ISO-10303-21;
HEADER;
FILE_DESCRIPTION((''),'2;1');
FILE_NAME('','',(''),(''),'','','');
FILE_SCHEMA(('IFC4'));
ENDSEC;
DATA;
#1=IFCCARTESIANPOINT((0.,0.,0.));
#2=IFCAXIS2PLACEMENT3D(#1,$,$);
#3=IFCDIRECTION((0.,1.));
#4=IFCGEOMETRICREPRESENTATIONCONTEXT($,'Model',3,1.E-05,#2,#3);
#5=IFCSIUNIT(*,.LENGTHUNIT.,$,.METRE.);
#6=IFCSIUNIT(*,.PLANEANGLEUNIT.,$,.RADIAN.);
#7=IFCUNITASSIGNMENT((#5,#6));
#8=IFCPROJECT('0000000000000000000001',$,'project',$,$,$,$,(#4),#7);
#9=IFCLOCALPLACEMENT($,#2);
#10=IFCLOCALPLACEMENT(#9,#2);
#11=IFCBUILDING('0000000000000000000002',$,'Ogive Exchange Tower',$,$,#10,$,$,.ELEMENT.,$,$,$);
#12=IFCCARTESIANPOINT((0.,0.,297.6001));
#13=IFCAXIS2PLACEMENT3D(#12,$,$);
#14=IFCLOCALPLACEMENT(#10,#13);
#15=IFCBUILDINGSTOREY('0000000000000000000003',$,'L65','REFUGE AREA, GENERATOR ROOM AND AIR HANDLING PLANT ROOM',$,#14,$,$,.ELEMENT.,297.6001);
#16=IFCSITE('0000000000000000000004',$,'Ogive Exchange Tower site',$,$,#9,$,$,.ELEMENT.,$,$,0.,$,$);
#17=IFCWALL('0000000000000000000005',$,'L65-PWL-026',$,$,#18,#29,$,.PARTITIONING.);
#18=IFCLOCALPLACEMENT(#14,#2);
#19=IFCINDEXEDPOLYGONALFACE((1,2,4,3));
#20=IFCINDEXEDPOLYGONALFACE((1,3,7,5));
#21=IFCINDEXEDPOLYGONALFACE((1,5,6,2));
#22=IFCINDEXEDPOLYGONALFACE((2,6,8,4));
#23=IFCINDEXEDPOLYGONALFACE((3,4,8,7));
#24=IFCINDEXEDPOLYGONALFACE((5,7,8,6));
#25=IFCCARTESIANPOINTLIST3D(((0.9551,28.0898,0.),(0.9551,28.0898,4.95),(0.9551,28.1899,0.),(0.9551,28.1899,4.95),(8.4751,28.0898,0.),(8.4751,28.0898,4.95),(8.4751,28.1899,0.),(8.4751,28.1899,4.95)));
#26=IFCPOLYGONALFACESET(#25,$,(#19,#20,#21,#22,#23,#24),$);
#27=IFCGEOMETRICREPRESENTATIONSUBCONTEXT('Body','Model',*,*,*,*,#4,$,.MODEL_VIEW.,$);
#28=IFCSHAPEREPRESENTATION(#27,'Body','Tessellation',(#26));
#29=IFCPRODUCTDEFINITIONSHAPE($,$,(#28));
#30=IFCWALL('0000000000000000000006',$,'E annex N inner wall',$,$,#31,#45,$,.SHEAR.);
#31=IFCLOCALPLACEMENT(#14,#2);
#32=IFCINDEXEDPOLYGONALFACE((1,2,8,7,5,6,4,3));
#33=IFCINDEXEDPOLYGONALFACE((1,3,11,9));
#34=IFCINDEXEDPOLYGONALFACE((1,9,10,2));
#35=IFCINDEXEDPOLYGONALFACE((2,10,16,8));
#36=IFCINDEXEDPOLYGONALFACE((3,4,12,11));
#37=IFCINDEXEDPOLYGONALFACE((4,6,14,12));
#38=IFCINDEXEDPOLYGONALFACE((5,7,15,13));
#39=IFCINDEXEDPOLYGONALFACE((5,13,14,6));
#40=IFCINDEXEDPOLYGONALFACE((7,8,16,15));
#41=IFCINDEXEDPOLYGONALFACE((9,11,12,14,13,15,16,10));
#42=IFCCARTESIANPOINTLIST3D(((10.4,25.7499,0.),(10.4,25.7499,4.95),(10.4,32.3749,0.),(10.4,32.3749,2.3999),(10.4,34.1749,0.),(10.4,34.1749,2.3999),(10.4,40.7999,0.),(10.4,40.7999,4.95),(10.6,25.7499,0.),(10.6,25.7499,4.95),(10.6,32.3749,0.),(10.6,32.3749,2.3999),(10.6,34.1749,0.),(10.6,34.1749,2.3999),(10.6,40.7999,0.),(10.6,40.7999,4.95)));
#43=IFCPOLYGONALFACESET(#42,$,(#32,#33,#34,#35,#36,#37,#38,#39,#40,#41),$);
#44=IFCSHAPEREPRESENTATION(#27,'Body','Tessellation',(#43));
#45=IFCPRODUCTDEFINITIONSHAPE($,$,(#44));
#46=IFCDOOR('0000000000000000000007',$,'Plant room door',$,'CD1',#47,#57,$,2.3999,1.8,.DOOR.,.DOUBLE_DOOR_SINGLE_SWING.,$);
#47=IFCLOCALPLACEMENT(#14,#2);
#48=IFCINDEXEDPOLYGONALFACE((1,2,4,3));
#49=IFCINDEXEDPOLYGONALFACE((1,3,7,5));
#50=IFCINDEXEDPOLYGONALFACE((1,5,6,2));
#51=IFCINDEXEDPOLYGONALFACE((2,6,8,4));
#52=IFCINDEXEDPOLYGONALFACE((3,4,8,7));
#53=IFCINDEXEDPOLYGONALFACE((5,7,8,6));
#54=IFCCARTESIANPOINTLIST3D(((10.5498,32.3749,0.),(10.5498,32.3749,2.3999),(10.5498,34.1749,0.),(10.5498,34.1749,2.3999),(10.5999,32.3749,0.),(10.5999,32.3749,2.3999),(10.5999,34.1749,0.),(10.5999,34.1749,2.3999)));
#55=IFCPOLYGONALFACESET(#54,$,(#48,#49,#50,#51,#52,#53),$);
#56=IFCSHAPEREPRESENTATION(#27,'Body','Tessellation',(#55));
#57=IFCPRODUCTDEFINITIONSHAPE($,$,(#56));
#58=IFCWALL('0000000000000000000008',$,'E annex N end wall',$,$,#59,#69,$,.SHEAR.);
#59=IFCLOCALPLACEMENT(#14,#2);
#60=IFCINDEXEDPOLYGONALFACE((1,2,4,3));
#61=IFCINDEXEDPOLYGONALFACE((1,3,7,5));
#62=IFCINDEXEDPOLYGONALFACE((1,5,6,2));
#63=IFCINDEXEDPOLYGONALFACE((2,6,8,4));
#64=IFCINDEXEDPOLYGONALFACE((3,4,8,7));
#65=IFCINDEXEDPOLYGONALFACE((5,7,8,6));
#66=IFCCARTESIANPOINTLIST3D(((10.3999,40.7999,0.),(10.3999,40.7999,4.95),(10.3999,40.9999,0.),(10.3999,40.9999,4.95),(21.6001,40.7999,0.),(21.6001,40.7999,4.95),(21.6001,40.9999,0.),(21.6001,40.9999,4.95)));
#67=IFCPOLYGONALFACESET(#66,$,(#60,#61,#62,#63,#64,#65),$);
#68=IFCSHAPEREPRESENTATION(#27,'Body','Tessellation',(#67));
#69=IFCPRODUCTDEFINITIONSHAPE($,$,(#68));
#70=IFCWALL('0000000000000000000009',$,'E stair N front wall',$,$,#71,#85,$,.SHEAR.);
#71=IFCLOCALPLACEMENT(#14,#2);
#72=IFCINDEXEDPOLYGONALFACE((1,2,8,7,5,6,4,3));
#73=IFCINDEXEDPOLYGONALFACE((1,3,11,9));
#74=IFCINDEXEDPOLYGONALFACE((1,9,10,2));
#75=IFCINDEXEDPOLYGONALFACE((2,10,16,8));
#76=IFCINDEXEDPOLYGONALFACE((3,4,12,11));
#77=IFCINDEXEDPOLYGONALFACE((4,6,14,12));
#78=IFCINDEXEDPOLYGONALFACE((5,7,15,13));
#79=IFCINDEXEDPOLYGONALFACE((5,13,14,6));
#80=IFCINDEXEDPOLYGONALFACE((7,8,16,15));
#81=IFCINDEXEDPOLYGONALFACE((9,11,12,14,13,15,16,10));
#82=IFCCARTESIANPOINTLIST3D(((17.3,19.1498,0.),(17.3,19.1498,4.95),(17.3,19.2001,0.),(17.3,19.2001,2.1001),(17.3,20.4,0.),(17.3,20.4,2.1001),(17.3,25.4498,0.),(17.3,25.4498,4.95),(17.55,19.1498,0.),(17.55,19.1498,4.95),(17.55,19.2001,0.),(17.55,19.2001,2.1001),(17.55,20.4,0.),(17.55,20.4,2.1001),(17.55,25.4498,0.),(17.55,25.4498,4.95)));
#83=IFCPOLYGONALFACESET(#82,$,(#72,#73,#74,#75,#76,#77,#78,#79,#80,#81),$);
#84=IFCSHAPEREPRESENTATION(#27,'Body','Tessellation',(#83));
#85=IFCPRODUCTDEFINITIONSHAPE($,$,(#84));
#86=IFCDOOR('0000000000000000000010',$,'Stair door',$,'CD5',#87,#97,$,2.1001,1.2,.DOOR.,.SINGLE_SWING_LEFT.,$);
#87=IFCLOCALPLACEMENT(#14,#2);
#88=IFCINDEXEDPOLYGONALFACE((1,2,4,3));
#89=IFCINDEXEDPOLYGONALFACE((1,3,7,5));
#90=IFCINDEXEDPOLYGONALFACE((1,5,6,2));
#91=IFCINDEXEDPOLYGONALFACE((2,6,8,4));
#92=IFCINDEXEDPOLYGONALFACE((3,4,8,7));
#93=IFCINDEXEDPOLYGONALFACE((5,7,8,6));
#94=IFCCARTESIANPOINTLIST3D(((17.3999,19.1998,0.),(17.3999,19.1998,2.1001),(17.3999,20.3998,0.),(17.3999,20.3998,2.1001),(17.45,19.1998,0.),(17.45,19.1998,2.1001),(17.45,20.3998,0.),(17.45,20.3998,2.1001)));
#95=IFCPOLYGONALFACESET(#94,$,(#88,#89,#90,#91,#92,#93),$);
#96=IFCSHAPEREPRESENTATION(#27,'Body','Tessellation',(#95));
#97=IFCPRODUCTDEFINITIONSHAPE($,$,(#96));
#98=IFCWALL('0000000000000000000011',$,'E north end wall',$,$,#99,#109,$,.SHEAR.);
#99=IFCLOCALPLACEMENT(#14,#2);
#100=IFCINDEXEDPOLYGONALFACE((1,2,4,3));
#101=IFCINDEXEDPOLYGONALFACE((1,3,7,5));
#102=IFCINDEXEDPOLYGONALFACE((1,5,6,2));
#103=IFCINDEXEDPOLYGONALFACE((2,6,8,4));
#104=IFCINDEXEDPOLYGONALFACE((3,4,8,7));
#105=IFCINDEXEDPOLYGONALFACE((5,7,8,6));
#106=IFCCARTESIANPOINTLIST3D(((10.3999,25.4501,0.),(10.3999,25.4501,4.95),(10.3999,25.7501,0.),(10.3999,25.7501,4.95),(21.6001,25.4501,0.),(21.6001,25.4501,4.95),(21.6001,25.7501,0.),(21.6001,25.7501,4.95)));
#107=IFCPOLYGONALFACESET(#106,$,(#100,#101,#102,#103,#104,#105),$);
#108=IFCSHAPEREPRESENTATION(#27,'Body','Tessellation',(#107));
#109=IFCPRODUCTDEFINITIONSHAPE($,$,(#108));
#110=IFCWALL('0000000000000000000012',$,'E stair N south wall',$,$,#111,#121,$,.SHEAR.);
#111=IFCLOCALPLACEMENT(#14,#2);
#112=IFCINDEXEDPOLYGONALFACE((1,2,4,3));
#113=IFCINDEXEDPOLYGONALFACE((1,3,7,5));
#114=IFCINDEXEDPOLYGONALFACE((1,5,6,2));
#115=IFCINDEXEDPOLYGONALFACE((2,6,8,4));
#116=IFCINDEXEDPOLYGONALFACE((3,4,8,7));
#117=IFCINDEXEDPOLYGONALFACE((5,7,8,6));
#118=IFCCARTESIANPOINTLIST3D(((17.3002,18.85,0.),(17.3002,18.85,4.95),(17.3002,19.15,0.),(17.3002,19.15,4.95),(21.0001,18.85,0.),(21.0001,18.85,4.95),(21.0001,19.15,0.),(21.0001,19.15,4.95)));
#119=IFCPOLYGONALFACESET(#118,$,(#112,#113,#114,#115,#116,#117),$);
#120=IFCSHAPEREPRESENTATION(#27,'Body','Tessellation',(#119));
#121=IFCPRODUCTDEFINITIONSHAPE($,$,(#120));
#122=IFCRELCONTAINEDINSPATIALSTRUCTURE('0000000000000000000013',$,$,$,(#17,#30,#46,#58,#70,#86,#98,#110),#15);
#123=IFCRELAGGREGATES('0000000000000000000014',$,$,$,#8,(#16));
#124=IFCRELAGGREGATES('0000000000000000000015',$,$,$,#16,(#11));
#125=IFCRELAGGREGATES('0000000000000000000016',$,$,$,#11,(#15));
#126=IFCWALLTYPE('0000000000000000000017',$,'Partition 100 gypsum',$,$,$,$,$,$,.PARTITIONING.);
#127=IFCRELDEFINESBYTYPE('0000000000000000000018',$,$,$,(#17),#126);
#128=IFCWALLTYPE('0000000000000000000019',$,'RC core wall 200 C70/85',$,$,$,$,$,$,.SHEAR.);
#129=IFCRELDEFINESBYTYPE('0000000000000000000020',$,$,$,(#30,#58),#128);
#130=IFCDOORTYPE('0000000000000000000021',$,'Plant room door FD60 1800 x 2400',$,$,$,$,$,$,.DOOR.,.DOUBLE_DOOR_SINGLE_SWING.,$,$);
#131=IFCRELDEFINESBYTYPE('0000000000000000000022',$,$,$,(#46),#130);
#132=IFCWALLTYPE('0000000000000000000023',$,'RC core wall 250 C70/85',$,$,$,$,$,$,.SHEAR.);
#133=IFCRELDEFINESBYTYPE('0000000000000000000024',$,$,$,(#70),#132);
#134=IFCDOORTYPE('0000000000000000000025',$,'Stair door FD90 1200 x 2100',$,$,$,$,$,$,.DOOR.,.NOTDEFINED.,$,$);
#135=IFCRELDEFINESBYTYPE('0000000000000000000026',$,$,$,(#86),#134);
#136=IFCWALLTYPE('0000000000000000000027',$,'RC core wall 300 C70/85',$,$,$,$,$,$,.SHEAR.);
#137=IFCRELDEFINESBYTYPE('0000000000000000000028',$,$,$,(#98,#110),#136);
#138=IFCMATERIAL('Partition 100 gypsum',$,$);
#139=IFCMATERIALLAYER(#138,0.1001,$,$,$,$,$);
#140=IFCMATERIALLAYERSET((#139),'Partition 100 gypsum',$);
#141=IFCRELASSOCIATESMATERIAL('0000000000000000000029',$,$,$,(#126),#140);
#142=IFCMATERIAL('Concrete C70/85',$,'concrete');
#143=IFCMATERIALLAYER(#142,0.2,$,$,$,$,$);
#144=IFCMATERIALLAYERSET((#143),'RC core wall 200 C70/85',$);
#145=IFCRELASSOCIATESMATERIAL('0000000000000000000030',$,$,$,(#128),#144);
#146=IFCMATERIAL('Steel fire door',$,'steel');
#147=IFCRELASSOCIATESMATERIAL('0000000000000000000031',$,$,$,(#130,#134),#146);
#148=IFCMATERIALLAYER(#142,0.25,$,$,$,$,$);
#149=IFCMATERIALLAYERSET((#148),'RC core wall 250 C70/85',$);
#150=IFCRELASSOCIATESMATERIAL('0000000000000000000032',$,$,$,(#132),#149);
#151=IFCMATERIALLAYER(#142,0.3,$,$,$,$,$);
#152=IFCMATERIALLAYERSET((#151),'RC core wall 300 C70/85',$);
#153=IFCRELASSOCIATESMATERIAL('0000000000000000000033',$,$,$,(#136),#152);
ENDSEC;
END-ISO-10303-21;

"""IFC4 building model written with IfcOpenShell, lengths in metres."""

from ifc_helpers import new_model, si_unit, direction, frame, frame_2d, origin, place, context, subcontext, project, spatial, rectangle, extrude, material, layer, layer_set, type_object, element, fill, save


model = new_model("IFC4")

# Units and contexts
model_context = context("Model", 3, precision=1e-05, world=origin(), true_north=direction((0.0, 1.0)))
body_context = subcontext(model_context, "Body", "Model", "MODEL_VIEW")
ifc_project = project(units=[si_unit("LENGTHUNIT", "METRE"), si_unit("PLANEANGLEUNIT", "RADIAN")], contexts=[model_context])

# Site, building, storey
site_placement = place(None, origin())
site = spatial("IfcSite", under=ifc_project, at=site_placement, Name="Ogive Exchange Tower site", CompositionType="ELEMENT", RefElevation=0.0)
building_placement = place(site_placement, origin())
building = spatial("IfcBuilding", under=site, at=building_placement, Name="Ogive Exchange Tower", CompositionType="ELEMENT")
storey_placement = place(building_placement, frame((0.0, 0.0, 297.6001)))
storey = spatial("IfcBuildingStorey", under=building, at=storey_placement, Name="L65", Description="REFUGE AREA, GENERATOR ROOM AND AIR HANDLING PLANT ROOM", CompositionType="ELEMENT", Elevation=297.6001)

# Wall
ifc_material_1 = material(Name="Partition 100 gypsum")
ifc_layer_1 = layer(ifc_material_1, 0.1001)
ifc_layer_set_1 = layer_set([ifc_layer_1], Name="Partition 100 gypsum")
wall_type_1 = type_object("IfcWallType", Name="Partition 100 gypsum", PredefinedType="PARTITIONING", material=ifc_layer_set_1)
wall_1_placement = place(storey_placement, frame((0.9551, 28.1399, 0.0), z_axis=(0.0, 0.0, 1.0), x_axis=(1.0, 0.0, 0.0)))
element("IfcWall", 1, at=wall_1_placement, inside=storey, type_object=wall_type_1, Name="L65-PWL-026", PredefinedType="PARTITIONING", context=body_context, shape_type="SweptSolid", body=[
    extrude(rectangle(XDim=7.52, YDim=0.1001, at=frame_2d((3.76, 0.0))), origin(), (0.0, 0.0, 1.0), 4.95),
])

# Wall, opening, door
ifc_material_2 = material(Name="Concrete C70/85", Category="concrete")
ifc_layer_2 = layer(ifc_material_2, 0.2)
ifc_layer_set_2 = layer_set([ifc_layer_2], Name="RC core wall 200 C70/85")
wall_type_2 = type_object("IfcWallType", Name="RC core wall 200 C70/85", PredefinedType="SHEAR", material=ifc_layer_set_2)
wall_2_placement = place(storey_placement, frame((10.5, 25.75, 0.0), z_axis=(0.0, 0.0, 1.0), x_axis=(0.0, 1.0, 0.0)))
wall_2 = element("IfcWall", 2, at=wall_2_placement, inside=storey, type_object=wall_type_2, Name="E annex N inner wall", PredefinedType="SHEAR", context=body_context, shape_type="SweptSolid", body=[
    extrude(rectangle(XDim=15.05, YDim=0.2, at=frame_2d((7.5249, 0.0))), origin(), (0.0, 0.0, 1.0), 4.95),
])
opening_1_placement = place(wall_2_placement, frame((6.625, 0.0, 0.0)))
opening_1 = element("IfcOpeningElement", 3, at=opening_1_placement, cuts=wall_2, PredefinedType="OPENING", context=body_context, shape_type="SweptSolid", body=[
    extrude(rectangle(XDim=1.8, YDim=2.3999, at=frame_2d((0.8999, 1.2))), frame((0.0, 0.1099, 0.0), z_axis=(0.0, -1.0, 0.0), x_axis=(1.0, 0.0, 0.0)), (0.0, 0.0, 1.0), 0.22),
])
ifc_material_3 = material(Name="Steel fire door", Category="steel")
door_type_1 = type_object("IfcDoorType", Name="Plant room door FD60 1800 x 2400", OperationType="DOUBLE_DOOR_SINGLE_SWING", PredefinedType="DOOR", material=ifc_material_3)
door_1_placement = place(opening_1_placement, origin())
door_1 = element("IfcDoor", 4, at=door_1_placement, inside=storey, type_object=door_type_1, Name="Plant room door", ObjectType="CD1", OperationType="DOUBLE_DOOR_SINGLE_SWING", OverallHeight=2.3999, OverallWidth=1.8, PredefinedType="DOOR", context=body_context, shape_type="SweptSolid", body=[
    extrude(rectangle(XDim=1.8, YDim=2.3999, at=frame_2d((0.8999, 1.2))), frame((0.0, -0.0498, 0.0), z_axis=(0.0, -1.0, 0.0), x_axis=(1.0, 0.0, 0.0)), (0.0, 0.0, 1.0), 0.05),
])
fill(opening_1, door_1)

# Wall
wall_3_placement = place(storey_placement, frame((10.3999, 40.8999, 0.0), z_axis=(0.0, 0.0, 1.0), x_axis=(1.0, 0.0, 0.0)))
element("IfcWall", 5, at=wall_3_placement, inside=storey, type_object=wall_type_2, Name="E annex N end wall", PredefinedType="SHEAR", context=body_context, shape_type="SweptSolid", body=[
    extrude(rectangle(XDim=11.2002, YDim=0.2, at=frame_2d((5.6001, 0.0))), origin(), (0.0, 0.0, 1.0), 4.95),
])

# Wall, opening, door
ifc_layer_3 = layer(ifc_material_2, 0.25)
ifc_layer_set_3 = layer_set([ifc_layer_3], Name="RC core wall 250 C70/85")
wall_type_3 = type_object("IfcWallType", Name="RC core wall 250 C70/85", PredefinedType="SHEAR", material=ifc_layer_set_3)
wall_4_placement = place(storey_placement, frame((17.425, 19.1499, 0.0), z_axis=(0.0, 0.0, 1.0), x_axis=(0.0, 1.0, 0.0)))
wall_4 = element("IfcWall", 6, at=wall_4_placement, inside=storey, type_object=wall_type_3, Name="E stair N front wall", PredefinedType="SHEAR", context=body_context, shape_type="SweptSolid", body=[
    extrude(rectangle(XDim=6.3, YDim=0.25, at=frame_2d((3.1499, 0.0))), origin(), (0.0, 0.0, 1.0), 4.95),
])
opening_2_placement = place(wall_4_placement, frame((0.05, 0.0, 0.0)))
opening_2 = element("IfcOpeningElement", 7, at=opening_2_placement, cuts=wall_4, PredefinedType="OPENING", context=body_context, shape_type="SweptSolid", body=[
    extrude(rectangle(XDim=1.2, YDim=2.1001, at=frame_2d((0.6001, 1.05))), frame((0.0, 0.135, 0.0), z_axis=(0.0, -1.0, 0.0), x_axis=(1.0, 0.0, 0.0)), (0.0, 0.0, 1.0), 0.27),
])
door_type_2 = type_object("IfcDoorType", Name="Stair door FD90 1200 x 2100", OperationType="NOTDEFINED", PredefinedType="DOOR", material=ifc_material_3)
door_2_placement = place(opening_2_placement, frame((1.2, 0.0, 0.0), z_axis=(0.0, 0.0, 1.0), x_axis=(-1.0, 0.0, 0.0)))
door_2 = element("IfcDoor", 8, at=door_2_placement, inside=storey, type_object=door_type_2, Name="Stair door", ObjectType="CD5", OperationType="SINGLE_SWING_LEFT", OverallHeight=2.1001, OverallWidth=1.2, PredefinedType="DOOR", context=body_context, shape_type="SweptSolid", body=[
    extrude(rectangle(XDim=1.2, YDim=2.1001, at=frame_2d((0.6001, 1.05))), frame((0.0, 0.0249, 0.0), z_axis=(0.0, -1.0, 0.0), x_axis=(1.0, 0.0, 0.0)), (0.0, 0.0, 1.0), 0.05),
])
fill(opening_2, door_2)

# Walls
ifc_layer_4 = layer(ifc_material_2, 0.3)
ifc_layer_set_4 = layer_set([ifc_layer_4], Name="RC core wall 300 C70/85")
wall_type_4 = type_object("IfcWallType", Name="RC core wall 300 C70/85", PredefinedType="SHEAR", material=ifc_layer_set_4)
wall_5_placement = place(storey_placement, frame((10.3999, 25.6001, 0.0), z_axis=(0.0, 0.0, 1.0), x_axis=(1.0, 0.0, 0.0)))
element("IfcWall", 9, at=wall_5_placement, inside=storey, type_object=wall_type_4, Name="E north end wall", PredefinedType="SHEAR", context=body_context, shape_type="SweptSolid", body=[
    extrude(rectangle(XDim=11.2002, YDim=0.3, at=frame_2d((5.6001, 0.0))), origin(), (0.0, 0.0, 1.0), 4.95),
])
wall_6_placement = place(storey_placement, frame((17.3, 19.0, 0.0), z_axis=(0.0, 0.0, 1.0), x_axis=(1.0, 0.0, 0.0)))
element("IfcWall", 10, at=wall_6_placement, inside=storey, type_object=wall_type_4, Name="E stair N south wall", PredefinedType="SHEAR", context=body_context, shape_type="SweptSolid", body=[
    extrude(rectangle(XDim=3.7, YDim=0.3, at=frame_2d((1.8501, 0.0))), origin(), (0.0, 0.0, 1.0), 4.95),
])

save(model, "model.ifc")
